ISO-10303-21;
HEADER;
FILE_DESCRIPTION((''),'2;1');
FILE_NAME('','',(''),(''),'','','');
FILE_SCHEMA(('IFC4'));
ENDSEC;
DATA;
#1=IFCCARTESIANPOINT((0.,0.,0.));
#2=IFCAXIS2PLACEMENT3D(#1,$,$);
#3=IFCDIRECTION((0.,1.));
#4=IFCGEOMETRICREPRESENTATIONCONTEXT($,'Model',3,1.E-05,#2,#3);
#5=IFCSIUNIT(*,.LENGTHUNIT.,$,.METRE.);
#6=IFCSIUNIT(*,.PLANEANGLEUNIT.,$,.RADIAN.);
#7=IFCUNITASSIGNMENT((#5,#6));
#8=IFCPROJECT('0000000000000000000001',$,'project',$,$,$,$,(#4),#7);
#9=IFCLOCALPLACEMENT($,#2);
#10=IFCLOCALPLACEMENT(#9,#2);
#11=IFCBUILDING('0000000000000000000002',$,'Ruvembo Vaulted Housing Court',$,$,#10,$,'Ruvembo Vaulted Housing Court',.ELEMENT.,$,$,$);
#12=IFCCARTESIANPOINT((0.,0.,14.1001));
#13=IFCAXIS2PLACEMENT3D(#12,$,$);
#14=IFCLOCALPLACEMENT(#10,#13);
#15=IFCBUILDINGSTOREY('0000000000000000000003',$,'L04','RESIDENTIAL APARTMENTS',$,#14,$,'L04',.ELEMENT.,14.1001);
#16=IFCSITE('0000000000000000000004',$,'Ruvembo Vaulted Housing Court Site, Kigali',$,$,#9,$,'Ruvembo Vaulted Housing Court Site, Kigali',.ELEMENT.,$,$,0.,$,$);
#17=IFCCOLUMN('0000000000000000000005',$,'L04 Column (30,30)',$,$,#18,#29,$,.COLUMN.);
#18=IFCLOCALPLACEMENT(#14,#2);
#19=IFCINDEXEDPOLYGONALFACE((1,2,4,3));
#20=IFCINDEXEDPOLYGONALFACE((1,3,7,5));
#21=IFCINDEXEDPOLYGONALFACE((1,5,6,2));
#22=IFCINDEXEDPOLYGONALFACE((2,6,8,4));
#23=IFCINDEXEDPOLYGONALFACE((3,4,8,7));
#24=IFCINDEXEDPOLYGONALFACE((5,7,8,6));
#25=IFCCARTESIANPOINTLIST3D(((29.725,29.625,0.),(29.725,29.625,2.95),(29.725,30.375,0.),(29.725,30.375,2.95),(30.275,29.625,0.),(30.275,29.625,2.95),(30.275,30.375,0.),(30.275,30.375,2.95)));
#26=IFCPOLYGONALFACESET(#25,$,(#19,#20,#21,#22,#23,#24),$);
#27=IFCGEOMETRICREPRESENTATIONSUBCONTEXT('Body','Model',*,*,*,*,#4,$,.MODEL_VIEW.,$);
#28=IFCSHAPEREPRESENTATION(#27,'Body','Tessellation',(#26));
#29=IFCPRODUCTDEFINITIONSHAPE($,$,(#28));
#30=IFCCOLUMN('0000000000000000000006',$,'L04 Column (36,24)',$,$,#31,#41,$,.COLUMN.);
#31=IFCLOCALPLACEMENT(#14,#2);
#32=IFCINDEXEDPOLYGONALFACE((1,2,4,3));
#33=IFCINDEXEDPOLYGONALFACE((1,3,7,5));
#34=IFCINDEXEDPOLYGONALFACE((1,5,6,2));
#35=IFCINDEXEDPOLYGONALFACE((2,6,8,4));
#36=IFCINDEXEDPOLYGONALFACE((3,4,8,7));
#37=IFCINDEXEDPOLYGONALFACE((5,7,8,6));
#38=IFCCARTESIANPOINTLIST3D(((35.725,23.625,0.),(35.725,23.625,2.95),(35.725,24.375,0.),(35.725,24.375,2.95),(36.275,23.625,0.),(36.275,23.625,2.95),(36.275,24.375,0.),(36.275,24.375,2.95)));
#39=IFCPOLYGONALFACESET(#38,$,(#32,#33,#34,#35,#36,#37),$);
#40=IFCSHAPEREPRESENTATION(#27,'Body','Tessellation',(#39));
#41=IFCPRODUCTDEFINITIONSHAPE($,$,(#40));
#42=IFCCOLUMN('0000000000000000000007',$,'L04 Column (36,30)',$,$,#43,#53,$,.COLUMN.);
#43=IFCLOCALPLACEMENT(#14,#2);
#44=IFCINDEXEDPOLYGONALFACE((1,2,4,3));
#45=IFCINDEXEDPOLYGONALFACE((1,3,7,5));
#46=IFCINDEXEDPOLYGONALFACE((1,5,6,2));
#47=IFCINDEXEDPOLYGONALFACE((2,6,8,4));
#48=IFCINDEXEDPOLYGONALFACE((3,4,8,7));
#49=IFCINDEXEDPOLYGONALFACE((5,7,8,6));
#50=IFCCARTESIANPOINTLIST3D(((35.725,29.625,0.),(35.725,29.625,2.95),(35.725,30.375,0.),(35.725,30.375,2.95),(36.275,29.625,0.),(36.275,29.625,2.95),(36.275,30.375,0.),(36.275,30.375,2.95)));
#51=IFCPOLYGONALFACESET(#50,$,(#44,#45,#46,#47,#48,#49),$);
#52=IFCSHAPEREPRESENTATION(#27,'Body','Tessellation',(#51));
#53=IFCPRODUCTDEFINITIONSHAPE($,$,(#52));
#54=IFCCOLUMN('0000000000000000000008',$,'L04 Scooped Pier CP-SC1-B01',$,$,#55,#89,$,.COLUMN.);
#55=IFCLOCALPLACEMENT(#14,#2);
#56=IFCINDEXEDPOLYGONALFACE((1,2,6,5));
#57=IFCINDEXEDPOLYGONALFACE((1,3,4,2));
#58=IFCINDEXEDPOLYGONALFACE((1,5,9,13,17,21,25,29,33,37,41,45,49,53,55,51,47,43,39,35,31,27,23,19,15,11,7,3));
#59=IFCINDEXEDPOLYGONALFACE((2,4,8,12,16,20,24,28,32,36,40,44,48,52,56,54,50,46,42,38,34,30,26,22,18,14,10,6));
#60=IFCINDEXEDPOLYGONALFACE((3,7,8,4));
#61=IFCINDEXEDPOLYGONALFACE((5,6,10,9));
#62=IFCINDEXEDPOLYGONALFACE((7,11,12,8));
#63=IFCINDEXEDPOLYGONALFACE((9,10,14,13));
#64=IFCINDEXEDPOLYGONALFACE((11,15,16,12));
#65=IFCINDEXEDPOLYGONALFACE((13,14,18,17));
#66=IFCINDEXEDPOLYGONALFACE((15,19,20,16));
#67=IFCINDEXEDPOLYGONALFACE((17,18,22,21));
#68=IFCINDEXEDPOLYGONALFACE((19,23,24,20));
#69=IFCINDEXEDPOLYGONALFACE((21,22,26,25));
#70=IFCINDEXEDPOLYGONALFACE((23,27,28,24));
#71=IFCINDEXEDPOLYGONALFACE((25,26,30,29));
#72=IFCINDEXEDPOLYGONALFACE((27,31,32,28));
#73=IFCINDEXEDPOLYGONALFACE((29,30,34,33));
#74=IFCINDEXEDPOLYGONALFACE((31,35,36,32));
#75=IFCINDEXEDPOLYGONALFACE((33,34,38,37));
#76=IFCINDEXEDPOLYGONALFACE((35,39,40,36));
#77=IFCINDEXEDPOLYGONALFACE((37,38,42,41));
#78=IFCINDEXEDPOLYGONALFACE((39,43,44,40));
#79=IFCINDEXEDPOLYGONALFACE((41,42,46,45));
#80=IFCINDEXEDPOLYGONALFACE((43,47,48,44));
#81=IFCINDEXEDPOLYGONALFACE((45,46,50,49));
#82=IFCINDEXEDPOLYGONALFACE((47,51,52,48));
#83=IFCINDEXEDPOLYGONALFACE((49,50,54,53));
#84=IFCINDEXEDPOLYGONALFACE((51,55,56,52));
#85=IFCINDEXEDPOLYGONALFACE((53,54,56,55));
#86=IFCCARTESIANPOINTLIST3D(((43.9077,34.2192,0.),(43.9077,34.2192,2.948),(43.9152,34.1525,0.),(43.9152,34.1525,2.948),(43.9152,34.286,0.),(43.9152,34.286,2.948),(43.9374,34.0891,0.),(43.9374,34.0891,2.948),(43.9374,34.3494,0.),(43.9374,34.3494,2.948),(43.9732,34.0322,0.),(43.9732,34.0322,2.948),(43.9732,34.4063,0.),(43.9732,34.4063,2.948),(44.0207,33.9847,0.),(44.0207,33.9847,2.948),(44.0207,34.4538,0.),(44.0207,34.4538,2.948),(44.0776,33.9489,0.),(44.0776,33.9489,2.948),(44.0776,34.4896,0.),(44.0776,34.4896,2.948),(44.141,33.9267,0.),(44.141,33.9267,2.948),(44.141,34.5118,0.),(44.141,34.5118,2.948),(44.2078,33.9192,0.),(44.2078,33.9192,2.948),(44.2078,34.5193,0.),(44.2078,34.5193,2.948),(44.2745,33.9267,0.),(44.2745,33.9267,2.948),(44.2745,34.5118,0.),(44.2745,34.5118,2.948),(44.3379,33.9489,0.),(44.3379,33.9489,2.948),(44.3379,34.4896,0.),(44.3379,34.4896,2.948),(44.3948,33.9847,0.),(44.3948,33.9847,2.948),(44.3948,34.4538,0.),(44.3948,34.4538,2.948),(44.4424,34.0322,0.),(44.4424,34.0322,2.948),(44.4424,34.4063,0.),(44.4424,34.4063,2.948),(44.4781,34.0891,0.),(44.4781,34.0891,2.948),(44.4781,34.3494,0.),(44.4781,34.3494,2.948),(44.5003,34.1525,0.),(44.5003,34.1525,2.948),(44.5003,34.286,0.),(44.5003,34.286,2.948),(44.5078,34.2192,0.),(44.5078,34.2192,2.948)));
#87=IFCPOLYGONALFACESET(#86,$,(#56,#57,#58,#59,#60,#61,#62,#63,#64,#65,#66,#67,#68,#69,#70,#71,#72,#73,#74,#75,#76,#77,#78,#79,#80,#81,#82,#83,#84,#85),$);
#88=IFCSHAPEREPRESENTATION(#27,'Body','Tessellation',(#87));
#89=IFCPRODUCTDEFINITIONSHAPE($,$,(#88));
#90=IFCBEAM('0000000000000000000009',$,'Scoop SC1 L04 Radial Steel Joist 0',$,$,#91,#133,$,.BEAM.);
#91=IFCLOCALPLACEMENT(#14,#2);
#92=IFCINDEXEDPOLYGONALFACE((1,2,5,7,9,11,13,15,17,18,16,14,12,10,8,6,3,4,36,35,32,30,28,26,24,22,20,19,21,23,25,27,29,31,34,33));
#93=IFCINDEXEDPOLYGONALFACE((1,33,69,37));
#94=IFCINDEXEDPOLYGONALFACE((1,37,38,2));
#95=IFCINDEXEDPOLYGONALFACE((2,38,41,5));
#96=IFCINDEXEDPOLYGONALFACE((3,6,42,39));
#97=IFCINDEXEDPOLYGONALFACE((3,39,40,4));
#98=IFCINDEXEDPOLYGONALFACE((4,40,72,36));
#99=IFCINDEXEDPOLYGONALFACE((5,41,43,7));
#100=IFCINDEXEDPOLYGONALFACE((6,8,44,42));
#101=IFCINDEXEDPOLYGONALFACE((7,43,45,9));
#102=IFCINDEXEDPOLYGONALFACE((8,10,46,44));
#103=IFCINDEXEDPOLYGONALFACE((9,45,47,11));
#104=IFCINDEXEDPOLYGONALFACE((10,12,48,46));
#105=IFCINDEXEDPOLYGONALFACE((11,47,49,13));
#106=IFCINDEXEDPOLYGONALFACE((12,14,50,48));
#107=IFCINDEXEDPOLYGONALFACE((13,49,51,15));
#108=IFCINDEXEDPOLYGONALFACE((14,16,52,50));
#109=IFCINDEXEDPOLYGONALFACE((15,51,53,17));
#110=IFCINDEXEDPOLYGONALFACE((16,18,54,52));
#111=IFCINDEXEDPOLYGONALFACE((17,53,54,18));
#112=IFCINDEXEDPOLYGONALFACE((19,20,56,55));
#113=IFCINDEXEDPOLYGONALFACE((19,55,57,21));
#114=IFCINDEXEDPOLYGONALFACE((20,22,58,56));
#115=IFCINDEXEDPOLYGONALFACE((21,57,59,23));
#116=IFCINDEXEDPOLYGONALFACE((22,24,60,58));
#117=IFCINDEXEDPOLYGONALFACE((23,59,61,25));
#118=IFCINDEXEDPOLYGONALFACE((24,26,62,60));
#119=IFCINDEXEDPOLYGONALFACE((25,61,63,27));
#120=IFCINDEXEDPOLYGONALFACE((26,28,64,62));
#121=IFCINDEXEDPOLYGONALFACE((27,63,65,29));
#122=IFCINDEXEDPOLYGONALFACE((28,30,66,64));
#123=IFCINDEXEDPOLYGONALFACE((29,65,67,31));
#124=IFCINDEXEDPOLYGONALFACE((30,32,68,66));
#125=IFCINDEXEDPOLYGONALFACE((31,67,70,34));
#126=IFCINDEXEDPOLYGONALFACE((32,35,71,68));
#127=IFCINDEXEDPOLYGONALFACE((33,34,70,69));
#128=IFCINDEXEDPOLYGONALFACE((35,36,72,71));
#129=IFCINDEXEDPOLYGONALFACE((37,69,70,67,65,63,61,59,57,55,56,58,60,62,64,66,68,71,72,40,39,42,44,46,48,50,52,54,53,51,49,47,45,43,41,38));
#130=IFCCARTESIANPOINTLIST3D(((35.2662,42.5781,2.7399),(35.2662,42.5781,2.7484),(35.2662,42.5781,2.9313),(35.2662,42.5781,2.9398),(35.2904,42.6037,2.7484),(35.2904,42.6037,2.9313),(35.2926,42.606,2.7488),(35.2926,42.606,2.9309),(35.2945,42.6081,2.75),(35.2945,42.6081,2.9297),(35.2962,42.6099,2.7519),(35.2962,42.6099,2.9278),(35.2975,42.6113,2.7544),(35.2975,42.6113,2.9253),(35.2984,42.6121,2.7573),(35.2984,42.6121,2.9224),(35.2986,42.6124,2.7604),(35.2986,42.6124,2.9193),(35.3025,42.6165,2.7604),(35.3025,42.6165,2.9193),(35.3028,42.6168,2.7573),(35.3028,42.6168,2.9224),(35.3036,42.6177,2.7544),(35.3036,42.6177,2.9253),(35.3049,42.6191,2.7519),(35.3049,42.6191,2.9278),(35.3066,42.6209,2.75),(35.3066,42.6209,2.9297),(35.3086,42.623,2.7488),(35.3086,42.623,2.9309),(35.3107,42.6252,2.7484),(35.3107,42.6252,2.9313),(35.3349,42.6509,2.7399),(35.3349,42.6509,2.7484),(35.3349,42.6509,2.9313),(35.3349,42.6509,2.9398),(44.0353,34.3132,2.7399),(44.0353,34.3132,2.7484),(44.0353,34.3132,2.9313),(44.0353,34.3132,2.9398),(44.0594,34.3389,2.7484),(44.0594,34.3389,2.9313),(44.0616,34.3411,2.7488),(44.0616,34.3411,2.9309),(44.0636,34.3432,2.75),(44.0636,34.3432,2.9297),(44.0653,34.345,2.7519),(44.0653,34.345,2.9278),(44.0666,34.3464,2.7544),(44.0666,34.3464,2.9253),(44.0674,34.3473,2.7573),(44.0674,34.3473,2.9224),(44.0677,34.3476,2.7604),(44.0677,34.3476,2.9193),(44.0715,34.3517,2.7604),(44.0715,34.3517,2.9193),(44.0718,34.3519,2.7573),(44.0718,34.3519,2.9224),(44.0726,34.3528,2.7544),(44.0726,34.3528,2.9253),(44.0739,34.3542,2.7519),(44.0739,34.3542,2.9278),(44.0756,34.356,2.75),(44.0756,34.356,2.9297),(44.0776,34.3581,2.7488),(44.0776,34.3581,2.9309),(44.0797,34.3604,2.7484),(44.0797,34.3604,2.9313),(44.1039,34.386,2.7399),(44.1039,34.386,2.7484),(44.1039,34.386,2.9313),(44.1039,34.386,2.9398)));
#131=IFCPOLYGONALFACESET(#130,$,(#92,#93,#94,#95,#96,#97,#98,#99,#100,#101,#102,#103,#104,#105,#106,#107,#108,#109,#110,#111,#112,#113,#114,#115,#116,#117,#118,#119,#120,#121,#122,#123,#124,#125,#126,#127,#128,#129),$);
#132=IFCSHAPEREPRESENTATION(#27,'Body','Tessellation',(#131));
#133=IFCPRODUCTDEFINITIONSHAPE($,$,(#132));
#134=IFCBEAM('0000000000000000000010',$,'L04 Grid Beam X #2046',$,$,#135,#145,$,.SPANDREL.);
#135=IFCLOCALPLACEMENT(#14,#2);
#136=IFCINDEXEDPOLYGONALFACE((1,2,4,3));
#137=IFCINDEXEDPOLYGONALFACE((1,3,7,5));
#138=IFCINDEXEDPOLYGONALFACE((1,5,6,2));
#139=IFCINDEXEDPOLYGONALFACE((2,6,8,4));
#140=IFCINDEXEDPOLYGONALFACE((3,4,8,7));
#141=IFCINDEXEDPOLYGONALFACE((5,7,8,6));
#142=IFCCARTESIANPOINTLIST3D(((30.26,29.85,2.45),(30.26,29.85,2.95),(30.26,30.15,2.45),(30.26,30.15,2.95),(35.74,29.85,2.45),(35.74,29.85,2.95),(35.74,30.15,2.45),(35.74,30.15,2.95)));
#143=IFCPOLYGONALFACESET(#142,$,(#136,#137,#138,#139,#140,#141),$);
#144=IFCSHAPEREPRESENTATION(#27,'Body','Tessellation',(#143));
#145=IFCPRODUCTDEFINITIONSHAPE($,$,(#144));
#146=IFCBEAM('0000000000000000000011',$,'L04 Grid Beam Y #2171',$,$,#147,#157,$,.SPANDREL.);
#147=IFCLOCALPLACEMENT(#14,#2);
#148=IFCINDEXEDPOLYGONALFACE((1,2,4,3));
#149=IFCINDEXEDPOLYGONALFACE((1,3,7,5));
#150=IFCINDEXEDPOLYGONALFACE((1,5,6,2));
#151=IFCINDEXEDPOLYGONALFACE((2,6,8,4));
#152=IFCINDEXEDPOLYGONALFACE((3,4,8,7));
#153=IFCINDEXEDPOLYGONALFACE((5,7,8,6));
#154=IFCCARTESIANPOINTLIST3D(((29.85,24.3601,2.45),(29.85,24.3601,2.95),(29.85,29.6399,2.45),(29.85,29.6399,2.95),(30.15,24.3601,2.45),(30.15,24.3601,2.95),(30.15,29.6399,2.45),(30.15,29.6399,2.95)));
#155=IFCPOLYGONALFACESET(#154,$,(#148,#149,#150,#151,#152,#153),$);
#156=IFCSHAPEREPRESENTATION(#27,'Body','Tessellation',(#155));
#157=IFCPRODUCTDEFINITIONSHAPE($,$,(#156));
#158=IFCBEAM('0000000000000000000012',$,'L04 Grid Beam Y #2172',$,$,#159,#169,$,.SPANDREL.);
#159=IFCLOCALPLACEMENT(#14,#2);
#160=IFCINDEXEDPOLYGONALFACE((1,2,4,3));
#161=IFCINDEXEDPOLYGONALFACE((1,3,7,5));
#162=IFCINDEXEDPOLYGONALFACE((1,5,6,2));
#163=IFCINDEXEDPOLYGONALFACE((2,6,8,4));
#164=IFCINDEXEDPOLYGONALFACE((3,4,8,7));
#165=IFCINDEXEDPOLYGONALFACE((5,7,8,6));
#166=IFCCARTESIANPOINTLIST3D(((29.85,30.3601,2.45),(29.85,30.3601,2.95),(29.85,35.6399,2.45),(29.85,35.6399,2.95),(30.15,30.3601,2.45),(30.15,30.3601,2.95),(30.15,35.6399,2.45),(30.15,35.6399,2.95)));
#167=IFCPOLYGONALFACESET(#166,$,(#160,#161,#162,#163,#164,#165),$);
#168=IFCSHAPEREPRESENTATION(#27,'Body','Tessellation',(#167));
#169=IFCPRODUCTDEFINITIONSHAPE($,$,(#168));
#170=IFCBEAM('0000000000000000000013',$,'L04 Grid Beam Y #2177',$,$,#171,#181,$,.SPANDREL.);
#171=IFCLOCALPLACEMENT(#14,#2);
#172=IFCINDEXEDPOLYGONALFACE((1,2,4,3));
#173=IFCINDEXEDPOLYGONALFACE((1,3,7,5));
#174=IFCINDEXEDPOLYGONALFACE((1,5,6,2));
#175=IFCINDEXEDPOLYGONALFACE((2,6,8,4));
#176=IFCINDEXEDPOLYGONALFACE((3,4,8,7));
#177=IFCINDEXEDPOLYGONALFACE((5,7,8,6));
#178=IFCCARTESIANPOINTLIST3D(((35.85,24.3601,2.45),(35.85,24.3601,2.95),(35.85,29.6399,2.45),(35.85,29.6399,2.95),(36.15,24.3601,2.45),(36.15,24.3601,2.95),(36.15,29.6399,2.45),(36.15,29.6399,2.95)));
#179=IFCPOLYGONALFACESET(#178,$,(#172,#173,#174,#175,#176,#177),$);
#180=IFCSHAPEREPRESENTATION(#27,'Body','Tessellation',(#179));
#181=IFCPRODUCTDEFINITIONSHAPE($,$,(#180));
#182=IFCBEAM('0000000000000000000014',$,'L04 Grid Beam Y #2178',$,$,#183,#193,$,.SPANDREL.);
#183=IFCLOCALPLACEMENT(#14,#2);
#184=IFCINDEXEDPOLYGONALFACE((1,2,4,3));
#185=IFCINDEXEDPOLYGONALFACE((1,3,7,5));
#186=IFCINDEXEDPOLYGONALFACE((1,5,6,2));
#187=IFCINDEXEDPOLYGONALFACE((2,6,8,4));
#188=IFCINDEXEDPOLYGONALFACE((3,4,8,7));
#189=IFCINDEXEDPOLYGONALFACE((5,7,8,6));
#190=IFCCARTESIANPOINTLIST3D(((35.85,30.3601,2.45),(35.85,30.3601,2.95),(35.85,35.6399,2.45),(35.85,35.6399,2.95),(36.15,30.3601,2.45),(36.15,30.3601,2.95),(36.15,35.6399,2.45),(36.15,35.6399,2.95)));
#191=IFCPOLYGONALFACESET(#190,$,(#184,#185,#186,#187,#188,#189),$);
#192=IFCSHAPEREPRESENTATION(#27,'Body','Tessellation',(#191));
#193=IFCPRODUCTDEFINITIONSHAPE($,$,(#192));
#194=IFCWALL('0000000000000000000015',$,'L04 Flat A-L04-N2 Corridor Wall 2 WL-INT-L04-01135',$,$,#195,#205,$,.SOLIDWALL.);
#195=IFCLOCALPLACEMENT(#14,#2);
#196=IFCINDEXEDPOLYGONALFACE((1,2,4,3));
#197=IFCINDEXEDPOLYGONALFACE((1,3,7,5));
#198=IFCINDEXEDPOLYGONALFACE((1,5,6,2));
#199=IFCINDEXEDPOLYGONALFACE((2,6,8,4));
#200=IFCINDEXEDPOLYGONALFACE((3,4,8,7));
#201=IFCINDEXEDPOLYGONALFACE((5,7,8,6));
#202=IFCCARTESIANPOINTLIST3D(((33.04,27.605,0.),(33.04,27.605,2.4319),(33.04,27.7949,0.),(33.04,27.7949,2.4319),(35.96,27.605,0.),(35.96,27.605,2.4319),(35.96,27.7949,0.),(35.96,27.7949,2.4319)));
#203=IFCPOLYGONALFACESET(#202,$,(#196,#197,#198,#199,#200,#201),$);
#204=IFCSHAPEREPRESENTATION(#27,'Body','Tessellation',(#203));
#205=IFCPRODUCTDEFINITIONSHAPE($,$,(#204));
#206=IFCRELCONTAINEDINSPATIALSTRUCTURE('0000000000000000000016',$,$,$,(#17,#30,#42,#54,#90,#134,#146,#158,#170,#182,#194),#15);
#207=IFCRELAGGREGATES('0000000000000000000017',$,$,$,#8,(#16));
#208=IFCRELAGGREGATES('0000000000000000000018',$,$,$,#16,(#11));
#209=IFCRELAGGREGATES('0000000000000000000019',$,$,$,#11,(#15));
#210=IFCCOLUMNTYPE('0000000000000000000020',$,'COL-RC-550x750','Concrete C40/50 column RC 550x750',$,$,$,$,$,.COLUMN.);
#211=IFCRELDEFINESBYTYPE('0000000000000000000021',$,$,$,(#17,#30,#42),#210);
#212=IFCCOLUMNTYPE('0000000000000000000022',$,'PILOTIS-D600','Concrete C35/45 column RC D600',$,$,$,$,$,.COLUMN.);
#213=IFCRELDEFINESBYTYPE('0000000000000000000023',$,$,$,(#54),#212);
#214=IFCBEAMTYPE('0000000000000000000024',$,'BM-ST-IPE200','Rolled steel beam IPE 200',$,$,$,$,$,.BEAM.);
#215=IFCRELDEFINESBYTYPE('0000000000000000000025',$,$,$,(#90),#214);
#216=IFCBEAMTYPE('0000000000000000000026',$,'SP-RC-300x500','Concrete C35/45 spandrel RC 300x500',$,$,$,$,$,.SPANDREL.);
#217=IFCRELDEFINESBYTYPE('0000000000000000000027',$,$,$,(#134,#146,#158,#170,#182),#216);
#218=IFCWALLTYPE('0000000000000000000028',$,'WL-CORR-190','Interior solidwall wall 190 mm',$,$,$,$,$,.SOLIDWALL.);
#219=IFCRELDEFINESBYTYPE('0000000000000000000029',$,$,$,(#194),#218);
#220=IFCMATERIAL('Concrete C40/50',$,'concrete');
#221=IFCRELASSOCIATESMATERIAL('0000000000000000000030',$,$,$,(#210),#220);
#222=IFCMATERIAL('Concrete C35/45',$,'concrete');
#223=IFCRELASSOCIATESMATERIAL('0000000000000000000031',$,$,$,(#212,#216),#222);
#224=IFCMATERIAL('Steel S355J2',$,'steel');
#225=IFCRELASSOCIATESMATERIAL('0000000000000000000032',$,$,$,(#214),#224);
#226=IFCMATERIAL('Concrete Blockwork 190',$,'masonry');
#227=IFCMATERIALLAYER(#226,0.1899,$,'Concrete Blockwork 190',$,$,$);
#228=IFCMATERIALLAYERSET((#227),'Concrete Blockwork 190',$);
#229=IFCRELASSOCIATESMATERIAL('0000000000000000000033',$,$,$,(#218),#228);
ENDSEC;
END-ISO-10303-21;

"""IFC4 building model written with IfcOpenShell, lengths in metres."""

from ifc_helpers import new_model, si_unit, direction, frame, frame_2d, origin, origin_2d, place, context, subcontext, project, spatial, rectangle, circle, i_section, extrude, material, layer, layer_set, material_profile, profile_set, type_object, element, save


model = new_model("IFC4")

# Units and contexts
model_context = context("Model", 3, precision=1e-05, world=origin(), true_north=direction((0.0, 1.0)))
body_context = subcontext(model_context, "Body", "Model", "MODEL_VIEW")
ifc_project = project(units=[si_unit("LENGTHUNIT", "METRE"), si_unit("PLANEANGLEUNIT", "RADIAN")], contexts=[model_context])

# Site, building, storey
site_placement = place(None, origin())
site = spatial("IfcSite", under=ifc_project, at=site_placement, Name="Ruvembo Vaulted Housing Court Site, Kigali", LongName="Ruvembo Vaulted Housing Court Site, Kigali", CompositionType="ELEMENT", RefElevation=0.0)
building_placement = place(site_placement, origin())
building = spatial("IfcBuilding", under=site, at=building_placement, Name="Ruvembo Vaulted Housing Court", LongName="Ruvembo Vaulted Housing Court", CompositionType="ELEMENT")
storey_placement = place(building_placement, frame((0.0, 0.0, 14.1001)))
storey = spatial("IfcBuildingStorey", under=building, at=storey_placement, Name="L04", Description="RESIDENTIAL APARTMENTS", LongName="L04", CompositionType="ELEMENT", Elevation=14.1001)

# Columns
ifc_material_1 = material(Name="Concrete C40/50", Category="concrete")
ifc_material_profile_1 = material_profile(ifc_material_1, rectangle(XDim=0.55, YDim=0.75, at=origin_2d()), Name="RC 550x750")
ifc_profile_set_1 = profile_set([ifc_material_profile_1], Name="Concrete C40/50")
column_type_1 = type_object("IfcColumnType", Name="COL-RC-550x750", Description="Concrete C40/50 column RC 550x750", PredefinedType="COLUMN", material=ifc_profile_set_1)
for number, where, z_axis, x_axis, name in (
    (1, (30.0, 30.0, 0.0), (0.0, 0.0, 1.0), (1.0, 0.0, 0.0), "L04 Column (30,30)"),
    (2, (36.0, 24.0, 0.0), (0.0, 0.0, 1.0), (1.0, 0.0, 0.0), "L04 Column (36,24)"),
    (3, (36.0, 30.0, 0.0), (0.0, 0.0, 1.0), (1.0, 0.0, 0.0), "L04 Column (36,30)"),
):
    element("IfcColumn", number, at=place(storey_placement, frame(where, z_axis=z_axis, x_axis=x_axis)), inside=storey, type_object=column_type_1, Name=name, PredefinedType="COLUMN", context=body_context, shape_type="SweptSolid", body=[
        extrude(rectangle(XDim=0.55, YDim=0.75, at=origin_2d()), origin(), (0.0, 0.0, 1.0), 2.95),
    ])
ifc_material_2 = material(Name="Concrete C35/45", Category="concrete")
ifc_material_profile_2 = material_profile(ifc_material_2, circle(Radius=0.3, at=origin_2d()), Name="RC D600")
ifc_profile_set_2 = profile_set([ifc_material_profile_2], Name="Concrete C35/45")
column_type_2 = type_object("IfcColumnType", Name="PILOTIS-D600", Description="Concrete C35/45 column RC D600", PredefinedType="COLUMN", material=ifc_profile_set_2)
column_placement = place(storey_placement, frame((44.2078, 34.2192, 0.0), z_axis=(0.0, 0.0, 1.0), x_axis=(1.0, 0.0, 0.0)))
element("IfcColumn", 4, at=column_placement, inside=storey, type_object=column_type_2, Name="L04 Scooped Pier CP-SC1-B01", PredefinedType="COLUMN", context=body_context, shape_type="SweptSolid", body=[
    extrude(circle(Radius=0.3, at=origin_2d()), origin(), (0.0, 0.0, 1.0), 2.948),
])

# Beams
ifc_material_3 = material(Name="Steel S355J2", Category="steel")
ifc_material_profile_3 = material_profile(ifc_material_3, i_section(OverallWidth=0.1001, OverallDepth=0.2, WebThickness=0.0056, FlangeThickness=0.0085, FilletRadius=0.012, at=origin_2d()), Name="IPE 200")
ifc_profile_set_3 = profile_set([ifc_material_profile_3], Name="Steel S355J2")
beam_type_1 = type_object("IfcBeamType", Name="BM-ST-IPE200", Description="Rolled steel beam IPE 200", PredefinedType="BEAM", material=ifc_profile_set_3)
beam_1_placement = place(storey_placement, frame((44.0696, 34.3496, 2.8398), z_axis=(-0.727716, 0.685878, 0.0), x_axis=(-0.685878, -0.727716, 0.0)))
element("IfcBeam", 5, at=beam_1_placement, inside=storey, type_object=beam_type_1, Name="Scoop SC1 L04 Radial Steel Joist 0", PredefinedType="BEAM", context=body_context, shape_type="SweptSolid", body=[
    extrude(i_section(OverallWidth=0.1001, OverallDepth=0.2, WebThickness=0.0056, FlangeThickness=0.0085, FilletRadius=0.012, at=origin_2d()), origin(), (0.0, 0.0, 1.0), 12.05),
])
ifc_material_profile_4 = material_profile(ifc_material_2, rectangle(XDim=0.3, YDim=0.5, at=origin_2d()), Name="RC 300x500")
ifc_profile_set_4 = profile_set([ifc_material_profile_4], Name="Concrete C35/45")
beam_type_2 = type_object("IfcBeamType", Name="SP-RC-300x500", Description="Concrete C35/45 spandrel RC 300x500", PredefinedType="SPANDREL", material=ifc_profile_set_4)
beam_2_placement = place(storey_placement, frame((30.26, 30.0, 2.7), z_axis=(1.0, 0.0, 0.0), x_axis=(0.0, 1.0, 0.0)))
element("IfcBeam", 6, at=beam_2_placement, inside=storey, type_object=beam_type_2, Name="L04 Grid Beam X #2046", PredefinedType="SPANDREL", context=body_context, shape_type="SweptSolid", body=[
    extrude(rectangle(XDim=0.3, YDim=0.5, at=origin_2d()), origin(), (0.0, 0.0, 1.0), 5.48),
])
for number, where, z_axis, x_axis, name in (
    (7, (30.0, 24.3601, 2.7), (0.0, 1.0, 0.0), (-1.0, 0.0, 0.0), "L04 Grid Beam Y #2171"),
    (8, (30.0, 30.3601, 2.7), (0.0, 1.0, 0.0), (-1.0, 0.0, 0.0), "L04 Grid Beam Y #2172"),
    (9, (36.0, 24.3601, 2.7), (0.0, 1.0, 0.0), (-1.0, 0.0, 0.0), "L04 Grid Beam Y #2177"),
    (10, (36.0, 30.3601, 2.7), (0.0, 1.0, 0.0), (-1.0, 0.0, 0.0), "L04 Grid Beam Y #2178"),
):
    element("IfcBeam", number, at=place(storey_placement, frame(where, z_axis=z_axis, x_axis=x_axis)), inside=storey, type_object=beam_type_2, Name=name, PredefinedType="SPANDREL", context=body_context, shape_type="SweptSolid", body=[
        extrude(rectangle(XDim=0.3, YDim=0.5, at=origin_2d()), origin(), (0.0, 0.0, 1.0), 5.2798),
    ])

# Wall
ifc_material_4 = material(Name="Concrete Blockwork 190", Category="masonry")
ifc_layer_1 = layer(ifc_material_4, 0.1899, Name="Concrete Blockwork 190")
ifc_layer_set_1 = layer_set([ifc_layer_1], Name="Concrete Blockwork 190")
wall_type_1 = type_object("IfcWallType", Name="WL-CORR-190", Description="Interior solidwall wall 190 mm", PredefinedType="SOLIDWALL", material=ifc_layer_set_1)
wall_1_placement = place(storey_placement, frame((33.04, 27.7, 0.0), z_axis=(0.0, 0.0, 1.0), x_axis=(1.0, 0.0, 0.0)))
element("IfcWall", 11, at=wall_1_placement, inside=storey, type_object=wall_type_1, Name="L04 Flat A-L04-N2 Corridor Wall 2 WL-INT-L04-01135", PredefinedType="SOLIDWALL", context=body_context, shape_type="SweptSolid", body=[
    extrude(rectangle(XDim=2.9199, YDim=0.1899, at=frame_2d((1.46, 0.0))), origin(), (0.0, 0.0, 1.0), 2.4319),
])

save(model, "model.ifc")
